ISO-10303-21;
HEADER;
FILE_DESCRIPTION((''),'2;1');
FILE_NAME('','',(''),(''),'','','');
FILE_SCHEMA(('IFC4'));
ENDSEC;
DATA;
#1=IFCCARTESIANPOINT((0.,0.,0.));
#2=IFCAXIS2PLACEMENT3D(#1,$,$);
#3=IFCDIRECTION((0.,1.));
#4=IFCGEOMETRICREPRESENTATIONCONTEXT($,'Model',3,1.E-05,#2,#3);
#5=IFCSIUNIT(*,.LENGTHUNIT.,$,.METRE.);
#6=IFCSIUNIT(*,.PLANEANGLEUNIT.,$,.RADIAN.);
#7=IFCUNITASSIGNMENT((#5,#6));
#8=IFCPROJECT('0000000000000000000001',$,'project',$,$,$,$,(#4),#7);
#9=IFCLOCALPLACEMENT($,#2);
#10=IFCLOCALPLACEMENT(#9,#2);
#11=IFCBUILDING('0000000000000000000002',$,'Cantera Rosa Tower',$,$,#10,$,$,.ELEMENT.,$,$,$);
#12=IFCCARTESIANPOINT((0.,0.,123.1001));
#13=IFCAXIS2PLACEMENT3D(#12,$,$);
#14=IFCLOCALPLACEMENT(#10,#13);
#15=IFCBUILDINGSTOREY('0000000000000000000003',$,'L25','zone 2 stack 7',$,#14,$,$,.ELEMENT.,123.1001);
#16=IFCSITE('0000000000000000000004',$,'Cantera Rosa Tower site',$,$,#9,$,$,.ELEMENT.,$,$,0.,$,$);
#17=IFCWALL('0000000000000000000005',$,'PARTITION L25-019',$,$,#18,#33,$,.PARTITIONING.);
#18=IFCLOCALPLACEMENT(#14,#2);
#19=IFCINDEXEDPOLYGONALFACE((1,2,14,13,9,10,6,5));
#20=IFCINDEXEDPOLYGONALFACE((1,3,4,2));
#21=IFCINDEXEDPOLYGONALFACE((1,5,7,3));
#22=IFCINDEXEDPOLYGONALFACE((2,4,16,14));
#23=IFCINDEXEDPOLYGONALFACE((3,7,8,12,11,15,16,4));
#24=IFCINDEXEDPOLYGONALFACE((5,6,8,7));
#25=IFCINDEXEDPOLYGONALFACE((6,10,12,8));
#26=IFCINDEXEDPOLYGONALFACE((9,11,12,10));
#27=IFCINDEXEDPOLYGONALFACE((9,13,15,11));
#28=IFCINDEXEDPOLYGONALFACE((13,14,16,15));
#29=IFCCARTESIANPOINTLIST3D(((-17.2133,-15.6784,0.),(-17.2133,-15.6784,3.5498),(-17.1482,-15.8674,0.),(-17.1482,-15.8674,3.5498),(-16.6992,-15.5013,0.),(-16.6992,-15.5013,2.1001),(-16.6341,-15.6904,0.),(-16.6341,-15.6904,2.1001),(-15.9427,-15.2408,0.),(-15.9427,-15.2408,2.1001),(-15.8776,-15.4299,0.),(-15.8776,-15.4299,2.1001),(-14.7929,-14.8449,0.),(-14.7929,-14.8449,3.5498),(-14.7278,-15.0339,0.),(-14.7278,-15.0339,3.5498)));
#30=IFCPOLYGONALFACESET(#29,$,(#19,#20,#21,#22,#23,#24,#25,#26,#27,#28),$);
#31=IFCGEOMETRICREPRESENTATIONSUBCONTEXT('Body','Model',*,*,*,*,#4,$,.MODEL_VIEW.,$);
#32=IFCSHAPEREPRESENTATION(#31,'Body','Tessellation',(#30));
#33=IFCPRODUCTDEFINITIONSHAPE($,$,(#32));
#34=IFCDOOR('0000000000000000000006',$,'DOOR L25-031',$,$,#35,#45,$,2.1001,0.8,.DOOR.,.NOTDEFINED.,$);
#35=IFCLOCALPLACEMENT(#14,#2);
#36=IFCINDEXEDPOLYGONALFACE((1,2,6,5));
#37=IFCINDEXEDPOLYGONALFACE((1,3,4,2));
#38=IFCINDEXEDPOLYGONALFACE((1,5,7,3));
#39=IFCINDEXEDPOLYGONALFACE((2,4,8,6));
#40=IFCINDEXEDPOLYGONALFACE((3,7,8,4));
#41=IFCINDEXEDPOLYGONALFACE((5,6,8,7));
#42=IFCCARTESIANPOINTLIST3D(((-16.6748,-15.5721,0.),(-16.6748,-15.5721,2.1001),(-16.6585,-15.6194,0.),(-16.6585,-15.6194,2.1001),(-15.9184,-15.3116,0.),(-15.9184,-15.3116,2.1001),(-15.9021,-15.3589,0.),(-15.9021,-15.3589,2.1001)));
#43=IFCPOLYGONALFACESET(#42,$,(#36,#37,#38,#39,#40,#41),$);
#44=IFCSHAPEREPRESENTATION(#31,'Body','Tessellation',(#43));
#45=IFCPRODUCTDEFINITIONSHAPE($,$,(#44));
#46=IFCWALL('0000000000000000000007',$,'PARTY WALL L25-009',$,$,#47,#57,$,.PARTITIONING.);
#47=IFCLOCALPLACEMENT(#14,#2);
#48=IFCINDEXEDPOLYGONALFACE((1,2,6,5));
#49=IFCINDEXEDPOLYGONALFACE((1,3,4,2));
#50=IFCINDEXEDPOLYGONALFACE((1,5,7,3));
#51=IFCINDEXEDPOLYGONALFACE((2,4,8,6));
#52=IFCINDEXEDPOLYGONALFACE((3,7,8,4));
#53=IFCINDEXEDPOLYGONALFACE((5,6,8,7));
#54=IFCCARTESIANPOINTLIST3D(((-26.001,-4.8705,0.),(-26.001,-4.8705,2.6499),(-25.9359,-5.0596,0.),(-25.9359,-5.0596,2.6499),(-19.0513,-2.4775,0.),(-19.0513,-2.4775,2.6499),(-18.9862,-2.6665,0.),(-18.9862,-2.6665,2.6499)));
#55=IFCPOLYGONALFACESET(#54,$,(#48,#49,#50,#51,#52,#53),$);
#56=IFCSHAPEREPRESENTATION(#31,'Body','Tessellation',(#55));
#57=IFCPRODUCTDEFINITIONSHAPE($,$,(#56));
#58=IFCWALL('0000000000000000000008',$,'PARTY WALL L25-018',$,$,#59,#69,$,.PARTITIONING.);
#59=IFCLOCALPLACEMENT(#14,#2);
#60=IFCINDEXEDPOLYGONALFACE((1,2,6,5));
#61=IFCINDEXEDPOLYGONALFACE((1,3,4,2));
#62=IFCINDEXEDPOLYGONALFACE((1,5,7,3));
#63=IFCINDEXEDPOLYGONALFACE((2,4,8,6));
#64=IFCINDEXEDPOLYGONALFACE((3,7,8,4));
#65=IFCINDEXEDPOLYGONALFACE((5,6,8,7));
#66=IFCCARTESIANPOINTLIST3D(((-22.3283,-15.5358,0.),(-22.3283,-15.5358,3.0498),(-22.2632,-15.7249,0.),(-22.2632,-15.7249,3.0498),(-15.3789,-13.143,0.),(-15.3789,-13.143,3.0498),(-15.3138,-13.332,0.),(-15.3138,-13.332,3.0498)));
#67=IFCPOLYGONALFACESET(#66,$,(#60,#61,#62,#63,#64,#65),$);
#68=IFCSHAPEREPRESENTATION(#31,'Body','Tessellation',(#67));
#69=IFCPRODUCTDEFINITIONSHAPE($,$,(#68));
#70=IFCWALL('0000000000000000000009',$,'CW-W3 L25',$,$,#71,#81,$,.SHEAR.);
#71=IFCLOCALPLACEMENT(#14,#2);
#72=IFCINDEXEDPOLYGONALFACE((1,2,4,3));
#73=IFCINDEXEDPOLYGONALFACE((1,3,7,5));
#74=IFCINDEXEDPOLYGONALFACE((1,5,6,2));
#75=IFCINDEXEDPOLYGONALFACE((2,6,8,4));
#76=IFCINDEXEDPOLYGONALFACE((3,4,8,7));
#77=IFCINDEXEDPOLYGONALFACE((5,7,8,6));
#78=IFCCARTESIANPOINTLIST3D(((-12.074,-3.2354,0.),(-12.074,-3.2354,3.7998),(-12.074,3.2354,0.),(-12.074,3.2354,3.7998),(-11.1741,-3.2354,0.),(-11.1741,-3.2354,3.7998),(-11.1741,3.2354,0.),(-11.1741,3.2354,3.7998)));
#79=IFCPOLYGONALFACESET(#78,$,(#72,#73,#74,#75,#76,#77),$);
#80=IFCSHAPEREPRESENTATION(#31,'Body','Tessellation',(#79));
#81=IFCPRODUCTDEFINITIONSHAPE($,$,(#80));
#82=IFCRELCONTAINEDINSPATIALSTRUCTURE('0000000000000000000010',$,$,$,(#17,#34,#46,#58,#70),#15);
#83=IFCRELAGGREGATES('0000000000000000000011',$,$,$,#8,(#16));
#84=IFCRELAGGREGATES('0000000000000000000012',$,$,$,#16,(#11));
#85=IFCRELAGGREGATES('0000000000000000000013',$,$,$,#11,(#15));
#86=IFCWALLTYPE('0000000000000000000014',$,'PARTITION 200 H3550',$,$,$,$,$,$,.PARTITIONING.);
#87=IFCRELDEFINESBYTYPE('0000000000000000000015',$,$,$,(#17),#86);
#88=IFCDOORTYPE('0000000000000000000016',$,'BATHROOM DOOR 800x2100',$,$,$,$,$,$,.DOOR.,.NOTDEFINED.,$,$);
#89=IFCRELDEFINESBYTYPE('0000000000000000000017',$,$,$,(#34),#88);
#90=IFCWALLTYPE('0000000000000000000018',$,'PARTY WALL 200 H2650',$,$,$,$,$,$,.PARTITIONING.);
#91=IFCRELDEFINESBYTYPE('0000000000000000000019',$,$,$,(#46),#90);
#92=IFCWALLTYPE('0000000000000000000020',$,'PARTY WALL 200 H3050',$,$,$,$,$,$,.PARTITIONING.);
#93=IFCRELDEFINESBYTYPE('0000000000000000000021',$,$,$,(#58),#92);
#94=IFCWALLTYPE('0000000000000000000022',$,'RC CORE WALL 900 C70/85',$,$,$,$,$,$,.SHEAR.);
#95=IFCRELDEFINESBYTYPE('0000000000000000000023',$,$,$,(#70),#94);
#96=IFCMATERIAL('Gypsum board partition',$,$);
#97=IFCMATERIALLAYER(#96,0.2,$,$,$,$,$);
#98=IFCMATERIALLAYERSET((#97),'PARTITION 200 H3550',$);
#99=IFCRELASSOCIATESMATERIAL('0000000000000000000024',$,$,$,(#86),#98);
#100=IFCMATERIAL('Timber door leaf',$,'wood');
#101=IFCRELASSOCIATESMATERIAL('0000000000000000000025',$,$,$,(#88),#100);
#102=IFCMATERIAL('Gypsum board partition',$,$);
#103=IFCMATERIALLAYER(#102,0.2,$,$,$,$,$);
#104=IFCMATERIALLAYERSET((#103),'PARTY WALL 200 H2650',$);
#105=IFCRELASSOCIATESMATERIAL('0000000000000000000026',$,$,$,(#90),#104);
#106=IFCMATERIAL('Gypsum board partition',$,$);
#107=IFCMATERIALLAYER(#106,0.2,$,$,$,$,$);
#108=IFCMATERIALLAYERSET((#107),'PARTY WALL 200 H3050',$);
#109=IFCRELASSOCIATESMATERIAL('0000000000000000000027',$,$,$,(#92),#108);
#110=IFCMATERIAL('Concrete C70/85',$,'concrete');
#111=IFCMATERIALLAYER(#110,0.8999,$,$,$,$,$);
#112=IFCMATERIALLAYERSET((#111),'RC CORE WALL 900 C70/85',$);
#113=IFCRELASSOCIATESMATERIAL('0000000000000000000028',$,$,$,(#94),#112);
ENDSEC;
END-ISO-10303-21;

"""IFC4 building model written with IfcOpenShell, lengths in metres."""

from ifc_helpers import new_model, si_unit, direction, frame, frame_2d, origin, place, context, subcontext, project, spatial, rectangle, extrude, material, layer, layer_set, type_object, element, fill, save


model = new_model("IFC4")

# Units and contexts
model_context = context("Model", 3, precision=1e-05, world=origin(), true_north=direction((0.0, 1.0)))
body_context = subcontext(model_context, "Body", "Model", "MODEL_VIEW")
ifc_project = project(units=[si_unit("LENGTHUNIT", "METRE"), si_unit("PLANEANGLEUNIT", "RADIAN")], contexts=[model_context])

# Site, building, storey
site_placement = place(None, origin())
site = spatial("IfcSite", under=ifc_project, at=site_placement, Name="Cantera Rosa Tower site", CompositionType="ELEMENT", RefElevation=0.0)
building_placement = place(site_placement, origin())
building = spatial("IfcBuilding", under=site, at=building_placement, Name="Cantera Rosa Tower", CompositionType="ELEMENT")
storey_placement = place(building_placement, frame((0.0, 0.0, 123.1001)))
storey = spatial("IfcBuildingStorey", under=building, at=storey_placement, Name="L25", Description="zone 2 stack 7", CompositionType="ELEMENT", Elevation=123.1001)

# Shared definitions
ifc_material_1 = material(Name="Gypsum board partition")
ifc_layer_1 = layer(ifc_material_1, 0.2)
ifc_layer_set_1 = layer_set([ifc_layer_1], Name="PARTITION 200 H3550")
wall_type_1 = type_object("IfcWallType", Name="PARTITION 200 H3550", PredefinedType="PARTITIONING", material=ifc_layer_set_1)
ifc_material_2 = material(Name="Timber door leaf", Category="wood")
door_type_1 = type_object("IfcDoorType", Name="BATHROOM DOOR 800x2100", OperationType="NOTDEFINED", PredefinedType="DOOR", material=ifc_material_2)

# Wall, opening, door
wall_1_placement = place(storey_placement, frame((-14.7605, -14.9395, 0.0), z_axis=(0.0, 0.0, 1.0), x_axis=(-0.945509, -0.325597, 0.0)))
wall_1 = element("IfcWall", 1, at=wall_1_placement, inside=storey, type_object=wall_type_1, Name="PARTITION L25-019", PredefinedType="PARTITIONING", context=body_context, shape_type="SweptSolid", body=[
    extrude(rectangle(XDim=2.5598, YDim=0.2, at=frame_2d((1.2798, 0.0))), origin(), (0.0, 0.0, 1.0), 3.5498),
])
opening_1_placement = place(wall_1_placement, frame((1.2161, 0.0, 0.0)))
opening_1 = element("IfcOpeningElement", 2, at=opening_1_placement, cuts=wall_1, PredefinedType="OPENING", context=body_context, shape_type="SweptSolid", body=[
    extrude(rectangle(XDim=0.8, YDim=2.1001, at=frame_2d((0.3999, 1.05))), frame((0.0, 0.1099, 0.0), z_axis=(0.0, -1.0, 0.0), x_axis=(1.0, 0.0, 0.0)), (0.0, 0.0, 1.0), 0.22),
])
door_1_placement = place(opening_1_placement, origin())
door_1 = element("IfcDoor", 3, at=door_1_placement, inside=storey, type_object=door_type_1, Name="DOOR L25-031", OperationType="NOTDEFINED", OverallHeight=2.1001, OverallWidth=0.8, PredefinedType="DOOR", context=body_context, shape_type="SweptSolid", body=[
    extrude(rectangle(XDim=0.8, YDim=2.1001, at=frame_2d((0.3999, 1.05))), frame((0.0, 0.0249, 0.0), z_axis=(0.0, -1.0, 0.0), x_axis=(1.0, 0.0, 0.0)), (0.0, 0.0, 1.0), 0.05),
])
fill(opening_1, door_1)

# Walls
ifc_material_3 = material(Name="Gypsum board partition")
ifc_layer_2 = layer(ifc_material_3, 0.2)
ifc_layer_set_2 = layer_set([ifc_layer_2], Name="PARTY WALL 200 H2650")
wall_type_2 = type_object("IfcWallType", Name="PARTY WALL 200 H2650", PredefinedType="PARTITIONING", material=ifc_layer_set_2)
wall_2_placement = place(storey_placement, frame((-19.0188, -2.572, 0.0), z_axis=(0.0, 0.0, 1.0), x_axis=(-0.945515, -0.325579, 0.0)))
element("IfcWall", 4, at=wall_2_placement, inside=storey, type_object=wall_type_2, Name="PARTY WALL L25-009", PredefinedType="PARTITIONING", context=body_context, shape_type="SweptSolid", body=[
    extrude(rectangle(XDim=7.3501, YDim=0.2, at=frame_2d((3.675, 0.0))), origin(), (0.0, 0.0, 1.0), 2.6499),
])
ifc_material_4 = material(Name="Gypsum board partition")
ifc_layer_3 = layer(ifc_material_4, 0.2)
ifc_layer_set_3 = layer_set([ifc_layer_3], Name="PARTY WALL 200 H3050")
wall_type_3 = type_object("IfcWallType", Name="PARTY WALL 200 H3050", PredefinedType="PARTITIONING", material=ifc_layer_set_3)
wall_3_placement = place(storey_placement, frame((-15.3464, -13.2375, 0.0), z_axis=(0.0, 0.0, 1.0), x_axis=(-0.945521, -0.32556, 0.0)))
element("IfcWall", 5, at=wall_3_placement, inside=storey, type_object=wall_type_3, Name="PARTY WALL L25-018", PredefinedType="PARTITIONING", context=body_context, shape_type="SweptSolid", body=[
    extrude(rectangle(XDim=7.3499, YDim=0.2, at=frame_2d((3.6748, 0.0))), origin(), (0.0, 0.0, 1.0), 3.0498),
])
ifc_material_5 = material(Name="Concrete C70/85", Category="concrete")
ifc_layer_4 = layer(ifc_material_5, 0.8999)
ifc_layer_set_4 = layer_set([ifc_layer_4], Name="RC CORE WALL 900 C70/85")
wall_type_4 = type_object("IfcWallType", Name="RC CORE WALL 900 C70/85", PredefinedType="SHEAR", material=ifc_layer_set_4)
wall_4_placement = place(storey_placement, frame((-11.624, -3.2354, 0.0), z_axis=(0.0, 0.0, 1.0), x_axis=(0.0, 1.0, 0.0)))
element("IfcWall", 6, at=wall_4_placement, inside=storey, type_object=wall_type_4, Name="CW-W3 L25", PredefinedType="SHEAR", context=body_context, shape_type="SweptSolid", body=[
    extrude(rectangle(XDim=6.4707, YDim=0.8999, at=frame_2d((3.2354, 0.0))), origin(), (0.0, 0.0, 1.0), 3.7998),
])

save(model, "model.ifc")
